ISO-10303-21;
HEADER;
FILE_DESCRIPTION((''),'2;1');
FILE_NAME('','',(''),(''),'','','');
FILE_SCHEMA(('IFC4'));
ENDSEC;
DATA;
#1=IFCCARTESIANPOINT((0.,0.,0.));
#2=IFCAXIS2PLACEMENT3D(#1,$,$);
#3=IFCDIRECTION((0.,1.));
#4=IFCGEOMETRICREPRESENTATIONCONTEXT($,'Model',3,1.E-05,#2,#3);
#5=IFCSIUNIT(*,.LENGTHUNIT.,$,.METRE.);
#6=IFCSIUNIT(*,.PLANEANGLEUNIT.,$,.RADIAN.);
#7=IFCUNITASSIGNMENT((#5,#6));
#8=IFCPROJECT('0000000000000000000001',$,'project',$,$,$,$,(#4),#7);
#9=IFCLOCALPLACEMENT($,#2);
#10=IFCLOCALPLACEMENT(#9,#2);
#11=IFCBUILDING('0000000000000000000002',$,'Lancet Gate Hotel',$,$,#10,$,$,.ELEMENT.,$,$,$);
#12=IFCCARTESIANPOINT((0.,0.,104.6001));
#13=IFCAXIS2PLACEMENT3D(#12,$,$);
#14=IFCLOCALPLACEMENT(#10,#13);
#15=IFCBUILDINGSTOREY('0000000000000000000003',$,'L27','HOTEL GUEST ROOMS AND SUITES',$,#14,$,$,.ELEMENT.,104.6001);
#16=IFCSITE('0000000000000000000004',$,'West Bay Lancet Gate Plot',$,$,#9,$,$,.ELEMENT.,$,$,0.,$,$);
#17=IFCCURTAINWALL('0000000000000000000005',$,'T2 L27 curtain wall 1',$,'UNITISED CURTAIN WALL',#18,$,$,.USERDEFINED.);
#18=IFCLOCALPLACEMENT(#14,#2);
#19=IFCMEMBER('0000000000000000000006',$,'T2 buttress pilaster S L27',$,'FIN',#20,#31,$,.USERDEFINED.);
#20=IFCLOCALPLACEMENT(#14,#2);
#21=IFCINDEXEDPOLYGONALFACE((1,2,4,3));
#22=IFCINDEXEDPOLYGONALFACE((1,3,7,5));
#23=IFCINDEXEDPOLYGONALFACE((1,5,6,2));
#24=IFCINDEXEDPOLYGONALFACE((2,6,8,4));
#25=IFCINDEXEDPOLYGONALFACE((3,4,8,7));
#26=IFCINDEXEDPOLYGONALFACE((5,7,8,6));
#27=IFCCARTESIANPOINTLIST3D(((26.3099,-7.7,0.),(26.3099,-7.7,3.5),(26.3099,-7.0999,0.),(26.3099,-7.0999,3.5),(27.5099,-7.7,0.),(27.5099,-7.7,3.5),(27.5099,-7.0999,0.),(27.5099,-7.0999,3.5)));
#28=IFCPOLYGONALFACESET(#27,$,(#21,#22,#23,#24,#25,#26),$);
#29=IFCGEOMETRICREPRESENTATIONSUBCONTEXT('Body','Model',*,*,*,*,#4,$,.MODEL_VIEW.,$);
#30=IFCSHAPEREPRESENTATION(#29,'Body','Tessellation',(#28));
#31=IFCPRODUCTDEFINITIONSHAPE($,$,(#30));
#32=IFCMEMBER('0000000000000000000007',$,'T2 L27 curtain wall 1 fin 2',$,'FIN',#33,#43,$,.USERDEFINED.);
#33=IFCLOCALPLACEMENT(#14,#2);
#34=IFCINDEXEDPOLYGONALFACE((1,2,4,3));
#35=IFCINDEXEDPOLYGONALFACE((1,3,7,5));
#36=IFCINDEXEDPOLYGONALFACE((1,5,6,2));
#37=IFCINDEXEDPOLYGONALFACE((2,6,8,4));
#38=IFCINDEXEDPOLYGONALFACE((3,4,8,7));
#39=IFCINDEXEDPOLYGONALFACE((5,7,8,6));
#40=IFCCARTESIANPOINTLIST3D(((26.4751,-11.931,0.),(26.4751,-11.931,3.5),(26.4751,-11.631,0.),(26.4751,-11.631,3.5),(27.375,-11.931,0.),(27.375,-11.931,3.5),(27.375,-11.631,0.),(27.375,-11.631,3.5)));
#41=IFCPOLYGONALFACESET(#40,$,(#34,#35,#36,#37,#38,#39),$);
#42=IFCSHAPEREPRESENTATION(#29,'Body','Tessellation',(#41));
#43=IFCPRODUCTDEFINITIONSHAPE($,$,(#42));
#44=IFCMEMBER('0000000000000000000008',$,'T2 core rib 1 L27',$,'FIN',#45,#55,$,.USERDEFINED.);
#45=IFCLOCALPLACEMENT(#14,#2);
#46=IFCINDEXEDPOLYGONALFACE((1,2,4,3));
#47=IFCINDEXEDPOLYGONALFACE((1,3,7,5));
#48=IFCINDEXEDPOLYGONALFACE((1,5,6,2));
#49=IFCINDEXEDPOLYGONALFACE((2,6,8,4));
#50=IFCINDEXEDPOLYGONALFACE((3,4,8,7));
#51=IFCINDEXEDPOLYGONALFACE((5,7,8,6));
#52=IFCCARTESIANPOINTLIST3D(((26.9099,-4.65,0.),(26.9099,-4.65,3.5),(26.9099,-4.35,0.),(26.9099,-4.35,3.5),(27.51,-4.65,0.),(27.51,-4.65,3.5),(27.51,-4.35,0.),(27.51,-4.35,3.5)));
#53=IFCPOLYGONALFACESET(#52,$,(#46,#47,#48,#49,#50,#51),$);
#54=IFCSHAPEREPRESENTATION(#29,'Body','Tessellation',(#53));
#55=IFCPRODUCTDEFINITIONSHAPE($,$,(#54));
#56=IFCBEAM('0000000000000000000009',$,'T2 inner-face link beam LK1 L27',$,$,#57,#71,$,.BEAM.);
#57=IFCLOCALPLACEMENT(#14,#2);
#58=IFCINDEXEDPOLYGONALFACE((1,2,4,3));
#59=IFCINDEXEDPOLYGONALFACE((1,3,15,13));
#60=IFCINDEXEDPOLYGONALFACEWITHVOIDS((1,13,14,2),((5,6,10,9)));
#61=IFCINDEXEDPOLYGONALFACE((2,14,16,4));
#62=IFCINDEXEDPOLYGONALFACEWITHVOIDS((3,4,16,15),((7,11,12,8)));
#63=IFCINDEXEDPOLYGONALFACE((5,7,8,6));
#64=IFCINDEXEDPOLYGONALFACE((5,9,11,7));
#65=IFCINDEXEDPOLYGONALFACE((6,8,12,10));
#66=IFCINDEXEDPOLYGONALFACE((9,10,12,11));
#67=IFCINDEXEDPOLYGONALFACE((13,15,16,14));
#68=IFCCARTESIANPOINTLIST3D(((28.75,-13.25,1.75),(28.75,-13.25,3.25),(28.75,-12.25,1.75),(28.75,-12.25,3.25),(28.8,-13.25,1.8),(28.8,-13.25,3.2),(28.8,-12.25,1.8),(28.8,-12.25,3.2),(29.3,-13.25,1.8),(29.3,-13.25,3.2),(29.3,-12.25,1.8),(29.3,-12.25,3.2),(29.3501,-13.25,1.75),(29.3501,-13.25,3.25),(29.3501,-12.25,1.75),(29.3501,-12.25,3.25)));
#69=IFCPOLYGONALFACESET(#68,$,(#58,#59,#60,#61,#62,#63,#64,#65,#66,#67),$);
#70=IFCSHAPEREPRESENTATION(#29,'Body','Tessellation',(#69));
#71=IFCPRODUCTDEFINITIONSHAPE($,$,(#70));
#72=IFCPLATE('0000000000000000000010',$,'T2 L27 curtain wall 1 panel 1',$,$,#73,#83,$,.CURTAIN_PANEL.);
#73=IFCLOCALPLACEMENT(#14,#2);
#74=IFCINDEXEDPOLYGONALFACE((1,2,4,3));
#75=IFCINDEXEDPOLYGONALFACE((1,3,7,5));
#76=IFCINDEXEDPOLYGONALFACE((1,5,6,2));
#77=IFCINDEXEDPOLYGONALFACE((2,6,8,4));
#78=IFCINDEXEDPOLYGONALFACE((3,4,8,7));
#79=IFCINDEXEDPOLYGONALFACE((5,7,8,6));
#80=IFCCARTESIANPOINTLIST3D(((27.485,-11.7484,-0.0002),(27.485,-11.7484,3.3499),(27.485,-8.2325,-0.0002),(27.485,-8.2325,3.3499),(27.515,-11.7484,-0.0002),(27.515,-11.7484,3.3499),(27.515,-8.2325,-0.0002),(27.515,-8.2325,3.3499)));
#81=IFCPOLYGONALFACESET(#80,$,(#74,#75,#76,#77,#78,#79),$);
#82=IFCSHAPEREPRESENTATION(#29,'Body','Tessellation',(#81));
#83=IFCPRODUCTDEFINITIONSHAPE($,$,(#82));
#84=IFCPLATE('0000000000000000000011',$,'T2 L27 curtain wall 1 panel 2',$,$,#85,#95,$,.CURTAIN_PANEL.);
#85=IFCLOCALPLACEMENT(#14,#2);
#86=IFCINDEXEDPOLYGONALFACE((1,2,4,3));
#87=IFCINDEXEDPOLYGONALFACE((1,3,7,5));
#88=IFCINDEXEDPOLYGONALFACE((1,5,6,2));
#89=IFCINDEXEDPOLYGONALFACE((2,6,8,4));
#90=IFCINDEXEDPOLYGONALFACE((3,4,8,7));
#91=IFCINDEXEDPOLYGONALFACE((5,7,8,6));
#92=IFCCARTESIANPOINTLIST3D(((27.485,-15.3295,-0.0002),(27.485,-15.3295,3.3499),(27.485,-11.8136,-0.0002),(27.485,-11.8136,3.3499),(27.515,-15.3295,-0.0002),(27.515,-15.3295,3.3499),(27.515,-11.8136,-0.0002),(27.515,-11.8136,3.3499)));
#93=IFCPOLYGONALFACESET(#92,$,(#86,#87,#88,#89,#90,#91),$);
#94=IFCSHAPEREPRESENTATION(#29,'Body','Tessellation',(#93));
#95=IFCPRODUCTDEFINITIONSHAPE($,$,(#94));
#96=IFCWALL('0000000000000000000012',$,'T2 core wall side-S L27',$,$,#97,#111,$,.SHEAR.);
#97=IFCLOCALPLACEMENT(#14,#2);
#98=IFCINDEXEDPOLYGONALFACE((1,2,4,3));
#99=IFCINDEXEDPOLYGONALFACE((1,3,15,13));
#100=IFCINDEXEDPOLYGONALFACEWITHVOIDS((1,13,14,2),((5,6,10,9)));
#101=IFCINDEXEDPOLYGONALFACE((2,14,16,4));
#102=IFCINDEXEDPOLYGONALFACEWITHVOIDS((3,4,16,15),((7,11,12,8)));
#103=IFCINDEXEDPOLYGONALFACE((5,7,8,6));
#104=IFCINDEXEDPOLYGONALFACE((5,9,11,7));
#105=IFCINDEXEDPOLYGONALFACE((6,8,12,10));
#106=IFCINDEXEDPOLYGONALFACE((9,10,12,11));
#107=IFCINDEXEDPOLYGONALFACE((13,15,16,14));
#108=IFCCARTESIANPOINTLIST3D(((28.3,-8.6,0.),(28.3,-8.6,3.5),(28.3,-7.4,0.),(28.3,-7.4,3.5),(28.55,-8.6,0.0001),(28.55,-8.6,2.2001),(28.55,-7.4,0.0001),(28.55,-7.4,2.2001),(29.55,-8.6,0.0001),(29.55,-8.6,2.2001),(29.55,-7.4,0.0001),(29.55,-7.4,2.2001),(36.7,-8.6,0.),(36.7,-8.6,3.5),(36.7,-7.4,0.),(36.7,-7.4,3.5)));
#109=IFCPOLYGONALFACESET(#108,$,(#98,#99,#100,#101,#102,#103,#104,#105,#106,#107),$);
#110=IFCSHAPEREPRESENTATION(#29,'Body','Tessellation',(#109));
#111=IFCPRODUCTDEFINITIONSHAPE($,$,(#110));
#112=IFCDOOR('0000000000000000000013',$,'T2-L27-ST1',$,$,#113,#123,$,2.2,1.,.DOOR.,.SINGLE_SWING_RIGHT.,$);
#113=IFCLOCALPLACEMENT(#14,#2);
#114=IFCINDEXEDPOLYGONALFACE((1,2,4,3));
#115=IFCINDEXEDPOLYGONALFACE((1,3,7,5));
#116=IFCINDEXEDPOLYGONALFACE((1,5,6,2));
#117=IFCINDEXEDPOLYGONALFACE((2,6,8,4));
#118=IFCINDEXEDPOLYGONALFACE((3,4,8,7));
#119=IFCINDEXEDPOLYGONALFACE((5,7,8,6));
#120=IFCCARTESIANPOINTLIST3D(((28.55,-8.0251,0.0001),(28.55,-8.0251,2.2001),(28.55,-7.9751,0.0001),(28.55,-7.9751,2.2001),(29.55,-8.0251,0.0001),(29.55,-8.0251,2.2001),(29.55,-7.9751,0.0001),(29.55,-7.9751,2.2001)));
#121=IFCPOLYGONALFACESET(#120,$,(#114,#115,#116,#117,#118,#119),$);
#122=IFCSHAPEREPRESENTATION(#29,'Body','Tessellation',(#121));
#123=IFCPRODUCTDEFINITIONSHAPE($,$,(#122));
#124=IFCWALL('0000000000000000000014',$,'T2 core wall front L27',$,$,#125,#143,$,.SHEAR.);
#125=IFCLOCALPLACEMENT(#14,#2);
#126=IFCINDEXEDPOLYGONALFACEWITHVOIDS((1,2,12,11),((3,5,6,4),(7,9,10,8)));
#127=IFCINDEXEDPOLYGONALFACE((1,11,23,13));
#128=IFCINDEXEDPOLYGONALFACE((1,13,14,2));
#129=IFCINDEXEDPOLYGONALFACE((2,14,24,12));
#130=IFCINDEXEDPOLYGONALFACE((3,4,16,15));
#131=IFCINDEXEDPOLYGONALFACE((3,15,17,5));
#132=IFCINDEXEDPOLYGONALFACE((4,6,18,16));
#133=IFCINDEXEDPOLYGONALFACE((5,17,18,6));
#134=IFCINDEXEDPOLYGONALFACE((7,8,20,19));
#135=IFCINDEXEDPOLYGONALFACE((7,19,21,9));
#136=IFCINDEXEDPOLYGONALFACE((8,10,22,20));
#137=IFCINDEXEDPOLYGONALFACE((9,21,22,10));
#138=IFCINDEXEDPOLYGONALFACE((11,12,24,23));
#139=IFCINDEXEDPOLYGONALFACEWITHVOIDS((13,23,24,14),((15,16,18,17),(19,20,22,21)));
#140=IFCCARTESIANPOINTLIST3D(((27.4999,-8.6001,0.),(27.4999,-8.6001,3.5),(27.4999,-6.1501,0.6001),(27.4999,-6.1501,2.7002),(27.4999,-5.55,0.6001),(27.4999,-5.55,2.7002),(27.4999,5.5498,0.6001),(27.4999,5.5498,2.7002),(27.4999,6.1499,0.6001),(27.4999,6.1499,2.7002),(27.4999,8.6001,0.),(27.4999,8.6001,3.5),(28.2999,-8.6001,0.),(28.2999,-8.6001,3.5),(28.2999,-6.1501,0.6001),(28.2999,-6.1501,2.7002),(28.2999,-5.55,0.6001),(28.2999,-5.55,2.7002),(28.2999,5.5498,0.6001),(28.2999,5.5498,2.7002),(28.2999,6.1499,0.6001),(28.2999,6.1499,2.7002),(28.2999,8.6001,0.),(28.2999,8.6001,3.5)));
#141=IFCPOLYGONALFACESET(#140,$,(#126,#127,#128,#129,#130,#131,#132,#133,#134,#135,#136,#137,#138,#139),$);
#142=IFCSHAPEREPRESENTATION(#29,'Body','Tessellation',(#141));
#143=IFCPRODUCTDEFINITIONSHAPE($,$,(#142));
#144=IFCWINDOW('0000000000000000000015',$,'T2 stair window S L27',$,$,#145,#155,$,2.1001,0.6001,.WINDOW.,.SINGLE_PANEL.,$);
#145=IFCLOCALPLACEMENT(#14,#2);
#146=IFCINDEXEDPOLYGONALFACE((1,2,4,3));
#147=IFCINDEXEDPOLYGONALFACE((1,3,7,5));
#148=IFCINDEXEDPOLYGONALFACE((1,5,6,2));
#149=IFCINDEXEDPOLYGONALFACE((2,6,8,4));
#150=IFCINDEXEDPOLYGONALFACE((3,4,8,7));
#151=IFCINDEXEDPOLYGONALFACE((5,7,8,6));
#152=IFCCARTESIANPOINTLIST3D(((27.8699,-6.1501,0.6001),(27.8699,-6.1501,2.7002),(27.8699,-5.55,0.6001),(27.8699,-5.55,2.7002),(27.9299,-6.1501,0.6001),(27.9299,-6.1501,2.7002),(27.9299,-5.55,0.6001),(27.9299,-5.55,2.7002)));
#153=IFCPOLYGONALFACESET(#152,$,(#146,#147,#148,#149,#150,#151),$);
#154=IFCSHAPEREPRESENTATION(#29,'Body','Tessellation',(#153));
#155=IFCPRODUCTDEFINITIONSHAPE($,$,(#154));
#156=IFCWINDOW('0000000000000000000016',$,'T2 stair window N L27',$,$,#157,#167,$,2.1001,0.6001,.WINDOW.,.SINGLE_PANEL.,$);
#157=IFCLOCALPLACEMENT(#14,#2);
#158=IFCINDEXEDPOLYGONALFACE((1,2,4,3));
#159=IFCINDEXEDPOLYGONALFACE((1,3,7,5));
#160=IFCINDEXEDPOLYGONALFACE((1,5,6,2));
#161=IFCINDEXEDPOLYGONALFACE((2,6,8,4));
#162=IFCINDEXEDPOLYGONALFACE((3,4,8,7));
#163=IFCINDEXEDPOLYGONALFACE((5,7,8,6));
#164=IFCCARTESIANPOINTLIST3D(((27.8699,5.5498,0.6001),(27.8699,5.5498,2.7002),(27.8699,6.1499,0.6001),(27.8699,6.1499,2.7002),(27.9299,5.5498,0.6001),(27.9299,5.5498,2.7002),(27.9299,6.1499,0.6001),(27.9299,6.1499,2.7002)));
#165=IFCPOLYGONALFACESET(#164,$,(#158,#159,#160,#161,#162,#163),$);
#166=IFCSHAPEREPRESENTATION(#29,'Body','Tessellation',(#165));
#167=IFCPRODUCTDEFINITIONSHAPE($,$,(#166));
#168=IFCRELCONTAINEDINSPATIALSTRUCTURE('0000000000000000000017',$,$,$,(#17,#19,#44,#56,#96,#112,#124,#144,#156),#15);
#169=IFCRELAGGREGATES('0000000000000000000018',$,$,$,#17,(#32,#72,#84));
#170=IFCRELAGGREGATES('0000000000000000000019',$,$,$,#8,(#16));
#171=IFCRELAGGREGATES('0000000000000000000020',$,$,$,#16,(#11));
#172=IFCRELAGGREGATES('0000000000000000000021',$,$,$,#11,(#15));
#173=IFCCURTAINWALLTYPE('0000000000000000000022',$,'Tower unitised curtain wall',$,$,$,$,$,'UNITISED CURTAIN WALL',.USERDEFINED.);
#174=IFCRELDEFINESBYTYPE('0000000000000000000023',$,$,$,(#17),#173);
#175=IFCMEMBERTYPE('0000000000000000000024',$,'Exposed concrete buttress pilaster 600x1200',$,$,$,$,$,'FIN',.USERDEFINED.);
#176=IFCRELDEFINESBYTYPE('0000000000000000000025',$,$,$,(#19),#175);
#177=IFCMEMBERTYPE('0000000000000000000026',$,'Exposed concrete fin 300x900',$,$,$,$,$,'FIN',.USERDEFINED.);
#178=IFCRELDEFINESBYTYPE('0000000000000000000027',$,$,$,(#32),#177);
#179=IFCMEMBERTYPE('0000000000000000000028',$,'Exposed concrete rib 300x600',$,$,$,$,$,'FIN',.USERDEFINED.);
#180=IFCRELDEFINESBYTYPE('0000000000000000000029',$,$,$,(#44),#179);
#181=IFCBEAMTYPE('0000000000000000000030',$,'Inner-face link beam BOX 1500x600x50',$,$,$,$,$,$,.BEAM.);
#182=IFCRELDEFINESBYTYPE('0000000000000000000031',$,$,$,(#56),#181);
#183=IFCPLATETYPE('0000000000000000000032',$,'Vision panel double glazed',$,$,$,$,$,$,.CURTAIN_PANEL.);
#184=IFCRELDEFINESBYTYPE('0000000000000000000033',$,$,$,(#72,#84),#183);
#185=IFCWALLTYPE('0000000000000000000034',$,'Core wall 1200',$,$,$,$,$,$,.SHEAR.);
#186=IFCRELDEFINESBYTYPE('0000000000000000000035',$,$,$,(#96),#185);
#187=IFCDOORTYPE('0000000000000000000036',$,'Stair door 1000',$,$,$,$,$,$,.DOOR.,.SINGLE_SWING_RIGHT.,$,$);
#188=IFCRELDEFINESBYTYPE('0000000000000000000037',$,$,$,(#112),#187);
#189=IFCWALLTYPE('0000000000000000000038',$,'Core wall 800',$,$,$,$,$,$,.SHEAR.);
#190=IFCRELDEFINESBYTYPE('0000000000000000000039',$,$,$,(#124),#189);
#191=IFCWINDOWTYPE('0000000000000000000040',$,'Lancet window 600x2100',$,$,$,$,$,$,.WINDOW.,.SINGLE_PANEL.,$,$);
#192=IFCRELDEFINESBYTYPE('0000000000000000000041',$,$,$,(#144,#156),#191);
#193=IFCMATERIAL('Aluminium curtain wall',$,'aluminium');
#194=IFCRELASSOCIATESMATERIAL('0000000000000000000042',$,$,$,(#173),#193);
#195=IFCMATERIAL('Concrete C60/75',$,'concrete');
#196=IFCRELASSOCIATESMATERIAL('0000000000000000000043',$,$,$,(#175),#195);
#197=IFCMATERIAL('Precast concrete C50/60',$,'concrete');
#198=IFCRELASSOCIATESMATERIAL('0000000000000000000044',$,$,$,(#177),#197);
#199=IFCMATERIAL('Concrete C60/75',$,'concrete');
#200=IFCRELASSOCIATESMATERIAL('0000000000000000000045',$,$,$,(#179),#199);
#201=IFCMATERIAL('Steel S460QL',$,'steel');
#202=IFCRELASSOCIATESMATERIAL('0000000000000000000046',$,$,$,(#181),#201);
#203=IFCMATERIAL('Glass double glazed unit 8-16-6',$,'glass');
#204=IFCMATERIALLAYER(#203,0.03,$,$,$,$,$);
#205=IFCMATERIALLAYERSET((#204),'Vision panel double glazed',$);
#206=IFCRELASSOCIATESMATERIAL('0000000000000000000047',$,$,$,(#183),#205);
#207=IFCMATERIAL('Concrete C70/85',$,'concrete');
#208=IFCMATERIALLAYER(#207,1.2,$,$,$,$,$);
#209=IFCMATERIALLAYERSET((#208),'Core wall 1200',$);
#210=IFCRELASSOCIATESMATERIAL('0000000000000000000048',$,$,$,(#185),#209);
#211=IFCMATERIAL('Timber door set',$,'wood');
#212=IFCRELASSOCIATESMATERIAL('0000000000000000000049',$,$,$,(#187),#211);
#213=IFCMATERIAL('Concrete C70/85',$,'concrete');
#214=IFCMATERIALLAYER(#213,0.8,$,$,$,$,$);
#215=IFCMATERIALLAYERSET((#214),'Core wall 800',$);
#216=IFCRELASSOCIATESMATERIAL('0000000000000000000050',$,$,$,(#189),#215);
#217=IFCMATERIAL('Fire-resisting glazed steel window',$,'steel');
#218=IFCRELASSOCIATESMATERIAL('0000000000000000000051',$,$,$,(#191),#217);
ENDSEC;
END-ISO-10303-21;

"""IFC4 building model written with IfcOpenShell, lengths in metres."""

from ifc_helpers import new_model, si_unit, direction, frame, frame_2d, origin, origin_2d, place, context, subcontext, project, spatial, rectangle, hollow_rectangle, extrude, material, layer, layer_set, material_profile, profile_set, type_object, element, fill, aggregate, save


model = new_model("IFC4")

# Units and contexts
model_context = context("Model", 3, precision=1e-05, world=origin(), true_north=direction((0.0, 1.0)))
body_context = subcontext(model_context, "Body", "Model", "MODEL_VIEW")
ifc_project = project(units=[si_unit("LENGTHUNIT", "METRE"), si_unit("PLANEANGLEUNIT", "RADIAN")], contexts=[model_context])

# Site, building, storey
site_placement = place(None, origin())
site = spatial("IfcSite", under=ifc_project, at=site_placement, Name="West Bay Lancet Gate Plot", CompositionType="ELEMENT", RefElevation=0.0)
building_placement = place(site_placement, origin())
building = spatial("IfcBuilding", under=site, at=building_placement, Name="Lancet Gate Hotel", CompositionType="ELEMENT")
storey_placement = place(building_placement, frame((0.0, 0.0, 104.6001)))
storey = spatial("IfcBuildingStorey", under=building, at=storey_placement, Name="L27", Description="HOTEL GUEST ROOMS AND SUITES", CompositionType="ELEMENT", Elevation=104.6001)

# Curtain wall
ifc_material_1 = material(Name="Aluminium curtain wall", Category="aluminium")
curtain_wall_type = type_object("IfcCurtainWallType", Name="Tower unitised curtain wall", ElementType="UNITISED CURTAIN WALL", PredefinedType="USERDEFINED", material=ifc_material_1)
curtain_wall_placement = place(storey_placement, origin())
curtain_wall = element("IfcCurtainWall", 1, at=curtain_wall_placement, inside=storey, type_object=curtain_wall_type, Name="T2 L27 curtain wall 1", ObjectType="UNITISED CURTAIN WALL", PredefinedType="USERDEFINED")

# Members
ifc_material_2 = material(Name="Concrete C60/75", Category="concrete")
ifc_material_profile_1 = material_profile(ifc_material_2, rectangle(XDim=0.6001, YDim=1.2, at=origin_2d()), Name="FIN 600x1200")
ifc_profile_set_1 = profile_set([ifc_material_profile_1], Name="Concrete C60/75")
member_type_1 = type_object("IfcMemberType", Name="Exposed concrete buttress pilaster 600x1200", ElementType="FIN", PredefinedType="USERDEFINED", material=ifc_profile_set_1)
member_1_placement = place(storey_placement, frame((26.9099, -7.3999, 0.0), z_axis=(0.0, 0.0, 1.0), x_axis=(0.0, 1.0, 0.0)))
element("IfcMember", 2, at=member_1_placement, inside=storey, type_object=member_type_1, Name="T2 buttress pilaster S L27", ObjectType="FIN", PredefinedType="USERDEFINED", context=body_context, shape_type="SweptSolid", body=[
    extrude(rectangle(XDim=0.6001, YDim=1.2, at=origin_2d()), origin(), (0.0, 0.0, 1.0), 3.5),
])
ifc_material_3 = material(Name="Precast concrete C50/60", Category="concrete")
ifc_material_profile_2 = material_profile(ifc_material_3, rectangle(XDim=0.3, YDim=0.8999, at=origin_2d()), Name="FIN 300x900")
ifc_profile_set_2 = profile_set([ifc_material_profile_2], Name="Precast concrete C50/60")
member_type_2 = type_object("IfcMemberType", Name="Exposed concrete fin 300x900", ElementType="FIN", PredefinedType="USERDEFINED", material=ifc_profile_set_2)
member_2_placement = place(storey_placement, frame((26.925, -11.781, 0.0), z_axis=(0.0, 0.0, 1.0), x_axis=(0.0, -1.0, 0.0)))
member_2 = element("IfcMember", 3, at=member_2_placement, type_object=member_type_2, Name="T2 L27 curtain wall 1 fin 2", ObjectType="FIN", PredefinedType="USERDEFINED", context=body_context, shape_type="SweptSolid", body=[
    extrude(rectangle(XDim=0.3, YDim=0.8999, at=origin_2d()), origin(), (0.0, 0.0, 1.0), 3.5),
])
ifc_material_4 = material(Name="Concrete C60/75", Category="concrete")
ifc_material_profile_3 = material_profile(ifc_material_4, rectangle(XDim=0.3, YDim=0.6001, at=origin_2d()), Name="FIN 300x600")
ifc_profile_set_3 = profile_set([ifc_material_profile_3], Name="Concrete C60/75")
member_type_3 = type_object("IfcMemberType", Name="Exposed concrete rib 300x600", ElementType="FIN", PredefinedType="USERDEFINED", material=ifc_profile_set_3)
member_3_placement = place(storey_placement, frame((27.21, -4.5, 0.0), z_axis=(0.0, 0.0, 1.0), x_axis=(0.0, 1.0, 0.0)))
element("IfcMember", 4, at=member_3_placement, inside=storey, type_object=member_type_3, Name="T2 core rib 1 L27", ObjectType="FIN", PredefinedType="USERDEFINED", context=body_context, shape_type="SweptSolid", body=[
    extrude(rectangle(XDim=0.3, YDim=0.6001, at=origin_2d()), origin(), (0.0, 0.0, 1.0), 3.5),
])

# Beam
ifc_material_5 = material(Name="Steel S460QL", Category="steel")
ifc_material_profile_4 = material_profile(ifc_material_5, hollow_rectangle(XDim=0.6001, YDim=1.5, WallThickness=0.05, at=origin_2d()), Name="BOX 1500x600x50")
ifc_profile_set_4 = profile_set([ifc_material_profile_4], Name="Steel S460QL")
beam_type = type_object("IfcBeamType", Name="Inner-face link beam BOX 1500x600x50", PredefinedType="BEAM", material=ifc_profile_set_4)
beam_placement = place(storey_placement, frame((29.05, -13.25, 2.5), z_axis=(0.0, 1.0, 0.0), x_axis=(-1.0, 0.0, 0.0)))
element("IfcBeam", 5, at=beam_placement, inside=storey, type_object=beam_type, Name="T2 inner-face link beam LK1 L27", PredefinedType="BEAM", context=body_context, shape_type="SweptSolid", body=[
    extrude(hollow_rectangle(XDim=0.6001, YDim=1.5, WallThickness=0.05, at=origin_2d()), origin(), (0.0, 0.0, 1.0), 1.0),
])

# Plates
ifc_material_6 = material(Name="Glass double glazed unit 8-16-6", Category="glass")
ifc_layer_1 = layer(ifc_material_6, 0.03)
ifc_layer_set_1 = layer_set([ifc_layer_1], Name="Vision panel double glazed")
plate_type = type_object("IfcPlateType", Name="Vision panel double glazed", PredefinedType="CURTAIN_PANEL", material=ifc_layer_set_1)
plate_1_placement = place(storey_placement, frame((27.5, -9.9905, -0.0002), z_axis=(0.0, 0.0, 1.0), x_axis=(0.0, -1.0, 0.0)))
plate_1 = element("IfcPlate", 6, at=plate_1_placement, type_object=plate_type, Name="T2 L27 curtain wall 1 panel 1", PredefinedType="CURTAIN_PANEL", context=body_context, shape_type="SweptSolid", body=[
    extrude(rectangle(XDim=3.5159, YDim=0.03, at=origin_2d()), origin(), (0.0, 0.0, 1.0), 3.3501),
])
plate_2_placement = place(storey_placement, frame((27.5, -13.5715, -0.0002), z_axis=(0.0, 0.0, 1.0), x_axis=(0.0, -1.0, 0.0)))
plate_2 = element("IfcPlate", 7, at=plate_2_placement, type_object=plate_type, Name="T2 L27 curtain wall 1 panel 2", PredefinedType="CURTAIN_PANEL", context=body_context, shape_type="SweptSolid", body=[
    extrude(rectangle(XDim=3.5159, YDim=0.03, at=origin_2d()), origin(), (0.0, 0.0, 1.0), 3.3501),
])
aggregate(curtain_wall, [member_2, plate_1, plate_2])

# Wall, opening, door
ifc_material_7 = material(Name="Concrete C70/85", Category="concrete")
ifc_layer_2 = layer(ifc_material_7, 1.2)
ifc_layer_set_2 = layer_set([ifc_layer_2], Name="Core wall 1200")
wall_type_1 = type_object("IfcWallType", Name="Core wall 1200", PredefinedType="SHEAR", material=ifc_layer_set_2)
wall_1_placement = place(storey_placement, frame((28.3, -8.0, 0.0), z_axis=(0.0, 0.0, 1.0), x_axis=(1.0, 0.0, 0.0)))
wall_1 = element("IfcWall", 8, at=wall_1_placement, inside=storey, type_object=wall_type_1, Name="T2 core wall side-S L27", PredefinedType="SHEAR", context=body_context, shape_type="SweptSolid", body=[
    extrude(rectangle(XDim=8.3999, YDim=1.2, at=frame_2d((4.2, 0.0))), origin(), (0.0, 0.0, 1.0), 3.5),
])
opening_1_placement = place(wall_1_placement, frame((0.25, 0.0, 0.0)))
opening_1 = element("IfcOpeningElement", 9, at=opening_1_placement, cuts=wall_1, PredefinedType="OPENING", context=body_context, shape_type="SweptSolid", body=[
    extrude(rectangle(XDim=1.0, YDim=2.2, at=frame_2d((0.5, 1.1001))), frame((0.0, 0.6099, 0.0), z_axis=(0.0, -1.0, 0.0), x_axis=(1.0, 0.0, 0.0)), (0.0, 0.0, 1.0), 1.22),
])
ifc_material_8 = material(Name="Timber door set", Category="wood")
door_type = type_object("IfcDoorType", Name="Stair door 1000", OperationType="SINGLE_SWING_RIGHT", PredefinedType="DOOR", material=ifc_material_8)
door_placement = place(opening_1_placement, origin())
door = element("IfcDoor", 10, at=door_placement, inside=storey, type_object=door_type, Name="T2-L27-ST1", OperationType="SINGLE_SWING_RIGHT", OverallHeight=2.2, OverallWidth=1.0, PredefinedType="DOOR", context=body_context, shape_type="SweptSolid", body=[
    extrude(rectangle(XDim=1.0, YDim=2.2, at=frame_2d((0.5, 1.1001))), frame((0.0, 0.0249, 0.0), z_axis=(0.0, -1.0, 0.0), x_axis=(1.0, 0.0, 0.0)), (0.0, 0.0, 1.0), 0.05),
])
fill(opening_1, door)

# Wall, openings, windows
ifc_material_9 = material(Name="Concrete C70/85", Category="concrete")
ifc_layer_3 = layer(ifc_material_9, 0.8)
ifc_layer_set_3 = layer_set([ifc_layer_3], Name="Core wall 800")
wall_type_2 = type_object("IfcWallType", Name="Core wall 800", PredefinedType="SHEAR", material=ifc_layer_set_3)
wall_2_placement = place(storey_placement, frame((27.8999, -8.6001, 0.0), z_axis=(0.0, 0.0, 1.0), x_axis=(0.0, 1.0, 0.0)))
wall_2 = element("IfcWall", 11, at=wall_2_placement, inside=storey, type_object=wall_type_2, Name="T2 core wall front L27", PredefinedType="SHEAR", context=body_context, shape_type="SweptSolid", body=[
    extrude(rectangle(XDim=17.2002, YDim=0.8, at=frame_2d((8.6001, 0.0))), origin(), (0.0, 0.0, 1.0), 3.5),
])
opening_2_placement = place(wall_2_placement, frame((2.45, 0.0, 0.6001)))
opening_2 = element("IfcOpeningElement", 12, at=opening_2_placement, cuts=wall_2, PredefinedType="OPENING", context=body_context, shape_type="SweptSolid", body=[
    extrude(rectangle(XDim=0.6001, YDim=2.1001, at=frame_2d((0.3, 1.05))), frame((0.0, 0.4099, 0.0), z_axis=(0.0, -1.0, 0.0), x_axis=(1.0, 0.0, 0.0)), (0.0, 0.0, 1.0), 0.8201),
])
opening_3_placement = place(wall_2_placement, frame((14.1499, 0.0, 0.6001)))
opening_3 = element("IfcOpeningElement", 13, at=opening_3_placement, cuts=wall_2, PredefinedType="OPENING", context=body_context, shape_type="SweptSolid", body=[
    extrude(rectangle(XDim=0.6001, YDim=2.1001, at=frame_2d((0.3, 1.05))), frame((0.0, 0.4099, 0.0), z_axis=(0.0, -1.0, 0.0), x_axis=(1.0, 0.0, 0.0)), (0.0, 0.0, 1.0), 0.8201),
])
ifc_material_10 = material(Name="Fire-resisting glazed steel window", Category="steel")
window_type = type_object("IfcWindowType", Name="Lancet window 600x2100", PartitioningType="SINGLE_PANEL", PredefinedType="WINDOW", material=ifc_material_10)
window_1_placement = place(opening_2_placement, origin())
window_1 = element("IfcWindow", 14, at=window_1_placement, inside=storey, type_object=window_type, Name="T2 stair window S L27", OverallHeight=2.1001, OverallWidth=0.6001, PartitioningType="SINGLE_PANEL", PredefinedType="WINDOW", context=body_context, shape_type="SweptSolid", body=[
    extrude(rectangle(XDim=0.6001, YDim=2.1001, at=frame_2d((0.3, 1.05))), frame((0.0, 0.03, 0.0), z_axis=(0.0, -1.0, 0.0), x_axis=(1.0, 0.0, 0.0)), (0.0, 0.0, 1.0), 0.0601),
])
fill(opening_2, window_1)
window_2_placement = place(opening_3_placement, origin())
window_2 = element("IfcWindow", 15, at=window_2_placement, inside=storey, type_object=window_type, Name="T2 stair window N L27", OverallHeight=2.1001, OverallWidth=0.6001, PartitioningType="SINGLE_PANEL", PredefinedType="WINDOW", context=body_context, shape_type="SweptSolid", body=[
    extrude(rectangle(XDim=0.6001, YDim=2.1001, at=frame_2d((0.3, 1.05))), frame((0.0, 0.03, 0.0), z_axis=(0.0, -1.0, 0.0), x_axis=(1.0, 0.0, 0.0)), (0.0, 0.0, 1.0), 0.0601),
])
fill(opening_3, window_2)

save(model, "model.ifc")
